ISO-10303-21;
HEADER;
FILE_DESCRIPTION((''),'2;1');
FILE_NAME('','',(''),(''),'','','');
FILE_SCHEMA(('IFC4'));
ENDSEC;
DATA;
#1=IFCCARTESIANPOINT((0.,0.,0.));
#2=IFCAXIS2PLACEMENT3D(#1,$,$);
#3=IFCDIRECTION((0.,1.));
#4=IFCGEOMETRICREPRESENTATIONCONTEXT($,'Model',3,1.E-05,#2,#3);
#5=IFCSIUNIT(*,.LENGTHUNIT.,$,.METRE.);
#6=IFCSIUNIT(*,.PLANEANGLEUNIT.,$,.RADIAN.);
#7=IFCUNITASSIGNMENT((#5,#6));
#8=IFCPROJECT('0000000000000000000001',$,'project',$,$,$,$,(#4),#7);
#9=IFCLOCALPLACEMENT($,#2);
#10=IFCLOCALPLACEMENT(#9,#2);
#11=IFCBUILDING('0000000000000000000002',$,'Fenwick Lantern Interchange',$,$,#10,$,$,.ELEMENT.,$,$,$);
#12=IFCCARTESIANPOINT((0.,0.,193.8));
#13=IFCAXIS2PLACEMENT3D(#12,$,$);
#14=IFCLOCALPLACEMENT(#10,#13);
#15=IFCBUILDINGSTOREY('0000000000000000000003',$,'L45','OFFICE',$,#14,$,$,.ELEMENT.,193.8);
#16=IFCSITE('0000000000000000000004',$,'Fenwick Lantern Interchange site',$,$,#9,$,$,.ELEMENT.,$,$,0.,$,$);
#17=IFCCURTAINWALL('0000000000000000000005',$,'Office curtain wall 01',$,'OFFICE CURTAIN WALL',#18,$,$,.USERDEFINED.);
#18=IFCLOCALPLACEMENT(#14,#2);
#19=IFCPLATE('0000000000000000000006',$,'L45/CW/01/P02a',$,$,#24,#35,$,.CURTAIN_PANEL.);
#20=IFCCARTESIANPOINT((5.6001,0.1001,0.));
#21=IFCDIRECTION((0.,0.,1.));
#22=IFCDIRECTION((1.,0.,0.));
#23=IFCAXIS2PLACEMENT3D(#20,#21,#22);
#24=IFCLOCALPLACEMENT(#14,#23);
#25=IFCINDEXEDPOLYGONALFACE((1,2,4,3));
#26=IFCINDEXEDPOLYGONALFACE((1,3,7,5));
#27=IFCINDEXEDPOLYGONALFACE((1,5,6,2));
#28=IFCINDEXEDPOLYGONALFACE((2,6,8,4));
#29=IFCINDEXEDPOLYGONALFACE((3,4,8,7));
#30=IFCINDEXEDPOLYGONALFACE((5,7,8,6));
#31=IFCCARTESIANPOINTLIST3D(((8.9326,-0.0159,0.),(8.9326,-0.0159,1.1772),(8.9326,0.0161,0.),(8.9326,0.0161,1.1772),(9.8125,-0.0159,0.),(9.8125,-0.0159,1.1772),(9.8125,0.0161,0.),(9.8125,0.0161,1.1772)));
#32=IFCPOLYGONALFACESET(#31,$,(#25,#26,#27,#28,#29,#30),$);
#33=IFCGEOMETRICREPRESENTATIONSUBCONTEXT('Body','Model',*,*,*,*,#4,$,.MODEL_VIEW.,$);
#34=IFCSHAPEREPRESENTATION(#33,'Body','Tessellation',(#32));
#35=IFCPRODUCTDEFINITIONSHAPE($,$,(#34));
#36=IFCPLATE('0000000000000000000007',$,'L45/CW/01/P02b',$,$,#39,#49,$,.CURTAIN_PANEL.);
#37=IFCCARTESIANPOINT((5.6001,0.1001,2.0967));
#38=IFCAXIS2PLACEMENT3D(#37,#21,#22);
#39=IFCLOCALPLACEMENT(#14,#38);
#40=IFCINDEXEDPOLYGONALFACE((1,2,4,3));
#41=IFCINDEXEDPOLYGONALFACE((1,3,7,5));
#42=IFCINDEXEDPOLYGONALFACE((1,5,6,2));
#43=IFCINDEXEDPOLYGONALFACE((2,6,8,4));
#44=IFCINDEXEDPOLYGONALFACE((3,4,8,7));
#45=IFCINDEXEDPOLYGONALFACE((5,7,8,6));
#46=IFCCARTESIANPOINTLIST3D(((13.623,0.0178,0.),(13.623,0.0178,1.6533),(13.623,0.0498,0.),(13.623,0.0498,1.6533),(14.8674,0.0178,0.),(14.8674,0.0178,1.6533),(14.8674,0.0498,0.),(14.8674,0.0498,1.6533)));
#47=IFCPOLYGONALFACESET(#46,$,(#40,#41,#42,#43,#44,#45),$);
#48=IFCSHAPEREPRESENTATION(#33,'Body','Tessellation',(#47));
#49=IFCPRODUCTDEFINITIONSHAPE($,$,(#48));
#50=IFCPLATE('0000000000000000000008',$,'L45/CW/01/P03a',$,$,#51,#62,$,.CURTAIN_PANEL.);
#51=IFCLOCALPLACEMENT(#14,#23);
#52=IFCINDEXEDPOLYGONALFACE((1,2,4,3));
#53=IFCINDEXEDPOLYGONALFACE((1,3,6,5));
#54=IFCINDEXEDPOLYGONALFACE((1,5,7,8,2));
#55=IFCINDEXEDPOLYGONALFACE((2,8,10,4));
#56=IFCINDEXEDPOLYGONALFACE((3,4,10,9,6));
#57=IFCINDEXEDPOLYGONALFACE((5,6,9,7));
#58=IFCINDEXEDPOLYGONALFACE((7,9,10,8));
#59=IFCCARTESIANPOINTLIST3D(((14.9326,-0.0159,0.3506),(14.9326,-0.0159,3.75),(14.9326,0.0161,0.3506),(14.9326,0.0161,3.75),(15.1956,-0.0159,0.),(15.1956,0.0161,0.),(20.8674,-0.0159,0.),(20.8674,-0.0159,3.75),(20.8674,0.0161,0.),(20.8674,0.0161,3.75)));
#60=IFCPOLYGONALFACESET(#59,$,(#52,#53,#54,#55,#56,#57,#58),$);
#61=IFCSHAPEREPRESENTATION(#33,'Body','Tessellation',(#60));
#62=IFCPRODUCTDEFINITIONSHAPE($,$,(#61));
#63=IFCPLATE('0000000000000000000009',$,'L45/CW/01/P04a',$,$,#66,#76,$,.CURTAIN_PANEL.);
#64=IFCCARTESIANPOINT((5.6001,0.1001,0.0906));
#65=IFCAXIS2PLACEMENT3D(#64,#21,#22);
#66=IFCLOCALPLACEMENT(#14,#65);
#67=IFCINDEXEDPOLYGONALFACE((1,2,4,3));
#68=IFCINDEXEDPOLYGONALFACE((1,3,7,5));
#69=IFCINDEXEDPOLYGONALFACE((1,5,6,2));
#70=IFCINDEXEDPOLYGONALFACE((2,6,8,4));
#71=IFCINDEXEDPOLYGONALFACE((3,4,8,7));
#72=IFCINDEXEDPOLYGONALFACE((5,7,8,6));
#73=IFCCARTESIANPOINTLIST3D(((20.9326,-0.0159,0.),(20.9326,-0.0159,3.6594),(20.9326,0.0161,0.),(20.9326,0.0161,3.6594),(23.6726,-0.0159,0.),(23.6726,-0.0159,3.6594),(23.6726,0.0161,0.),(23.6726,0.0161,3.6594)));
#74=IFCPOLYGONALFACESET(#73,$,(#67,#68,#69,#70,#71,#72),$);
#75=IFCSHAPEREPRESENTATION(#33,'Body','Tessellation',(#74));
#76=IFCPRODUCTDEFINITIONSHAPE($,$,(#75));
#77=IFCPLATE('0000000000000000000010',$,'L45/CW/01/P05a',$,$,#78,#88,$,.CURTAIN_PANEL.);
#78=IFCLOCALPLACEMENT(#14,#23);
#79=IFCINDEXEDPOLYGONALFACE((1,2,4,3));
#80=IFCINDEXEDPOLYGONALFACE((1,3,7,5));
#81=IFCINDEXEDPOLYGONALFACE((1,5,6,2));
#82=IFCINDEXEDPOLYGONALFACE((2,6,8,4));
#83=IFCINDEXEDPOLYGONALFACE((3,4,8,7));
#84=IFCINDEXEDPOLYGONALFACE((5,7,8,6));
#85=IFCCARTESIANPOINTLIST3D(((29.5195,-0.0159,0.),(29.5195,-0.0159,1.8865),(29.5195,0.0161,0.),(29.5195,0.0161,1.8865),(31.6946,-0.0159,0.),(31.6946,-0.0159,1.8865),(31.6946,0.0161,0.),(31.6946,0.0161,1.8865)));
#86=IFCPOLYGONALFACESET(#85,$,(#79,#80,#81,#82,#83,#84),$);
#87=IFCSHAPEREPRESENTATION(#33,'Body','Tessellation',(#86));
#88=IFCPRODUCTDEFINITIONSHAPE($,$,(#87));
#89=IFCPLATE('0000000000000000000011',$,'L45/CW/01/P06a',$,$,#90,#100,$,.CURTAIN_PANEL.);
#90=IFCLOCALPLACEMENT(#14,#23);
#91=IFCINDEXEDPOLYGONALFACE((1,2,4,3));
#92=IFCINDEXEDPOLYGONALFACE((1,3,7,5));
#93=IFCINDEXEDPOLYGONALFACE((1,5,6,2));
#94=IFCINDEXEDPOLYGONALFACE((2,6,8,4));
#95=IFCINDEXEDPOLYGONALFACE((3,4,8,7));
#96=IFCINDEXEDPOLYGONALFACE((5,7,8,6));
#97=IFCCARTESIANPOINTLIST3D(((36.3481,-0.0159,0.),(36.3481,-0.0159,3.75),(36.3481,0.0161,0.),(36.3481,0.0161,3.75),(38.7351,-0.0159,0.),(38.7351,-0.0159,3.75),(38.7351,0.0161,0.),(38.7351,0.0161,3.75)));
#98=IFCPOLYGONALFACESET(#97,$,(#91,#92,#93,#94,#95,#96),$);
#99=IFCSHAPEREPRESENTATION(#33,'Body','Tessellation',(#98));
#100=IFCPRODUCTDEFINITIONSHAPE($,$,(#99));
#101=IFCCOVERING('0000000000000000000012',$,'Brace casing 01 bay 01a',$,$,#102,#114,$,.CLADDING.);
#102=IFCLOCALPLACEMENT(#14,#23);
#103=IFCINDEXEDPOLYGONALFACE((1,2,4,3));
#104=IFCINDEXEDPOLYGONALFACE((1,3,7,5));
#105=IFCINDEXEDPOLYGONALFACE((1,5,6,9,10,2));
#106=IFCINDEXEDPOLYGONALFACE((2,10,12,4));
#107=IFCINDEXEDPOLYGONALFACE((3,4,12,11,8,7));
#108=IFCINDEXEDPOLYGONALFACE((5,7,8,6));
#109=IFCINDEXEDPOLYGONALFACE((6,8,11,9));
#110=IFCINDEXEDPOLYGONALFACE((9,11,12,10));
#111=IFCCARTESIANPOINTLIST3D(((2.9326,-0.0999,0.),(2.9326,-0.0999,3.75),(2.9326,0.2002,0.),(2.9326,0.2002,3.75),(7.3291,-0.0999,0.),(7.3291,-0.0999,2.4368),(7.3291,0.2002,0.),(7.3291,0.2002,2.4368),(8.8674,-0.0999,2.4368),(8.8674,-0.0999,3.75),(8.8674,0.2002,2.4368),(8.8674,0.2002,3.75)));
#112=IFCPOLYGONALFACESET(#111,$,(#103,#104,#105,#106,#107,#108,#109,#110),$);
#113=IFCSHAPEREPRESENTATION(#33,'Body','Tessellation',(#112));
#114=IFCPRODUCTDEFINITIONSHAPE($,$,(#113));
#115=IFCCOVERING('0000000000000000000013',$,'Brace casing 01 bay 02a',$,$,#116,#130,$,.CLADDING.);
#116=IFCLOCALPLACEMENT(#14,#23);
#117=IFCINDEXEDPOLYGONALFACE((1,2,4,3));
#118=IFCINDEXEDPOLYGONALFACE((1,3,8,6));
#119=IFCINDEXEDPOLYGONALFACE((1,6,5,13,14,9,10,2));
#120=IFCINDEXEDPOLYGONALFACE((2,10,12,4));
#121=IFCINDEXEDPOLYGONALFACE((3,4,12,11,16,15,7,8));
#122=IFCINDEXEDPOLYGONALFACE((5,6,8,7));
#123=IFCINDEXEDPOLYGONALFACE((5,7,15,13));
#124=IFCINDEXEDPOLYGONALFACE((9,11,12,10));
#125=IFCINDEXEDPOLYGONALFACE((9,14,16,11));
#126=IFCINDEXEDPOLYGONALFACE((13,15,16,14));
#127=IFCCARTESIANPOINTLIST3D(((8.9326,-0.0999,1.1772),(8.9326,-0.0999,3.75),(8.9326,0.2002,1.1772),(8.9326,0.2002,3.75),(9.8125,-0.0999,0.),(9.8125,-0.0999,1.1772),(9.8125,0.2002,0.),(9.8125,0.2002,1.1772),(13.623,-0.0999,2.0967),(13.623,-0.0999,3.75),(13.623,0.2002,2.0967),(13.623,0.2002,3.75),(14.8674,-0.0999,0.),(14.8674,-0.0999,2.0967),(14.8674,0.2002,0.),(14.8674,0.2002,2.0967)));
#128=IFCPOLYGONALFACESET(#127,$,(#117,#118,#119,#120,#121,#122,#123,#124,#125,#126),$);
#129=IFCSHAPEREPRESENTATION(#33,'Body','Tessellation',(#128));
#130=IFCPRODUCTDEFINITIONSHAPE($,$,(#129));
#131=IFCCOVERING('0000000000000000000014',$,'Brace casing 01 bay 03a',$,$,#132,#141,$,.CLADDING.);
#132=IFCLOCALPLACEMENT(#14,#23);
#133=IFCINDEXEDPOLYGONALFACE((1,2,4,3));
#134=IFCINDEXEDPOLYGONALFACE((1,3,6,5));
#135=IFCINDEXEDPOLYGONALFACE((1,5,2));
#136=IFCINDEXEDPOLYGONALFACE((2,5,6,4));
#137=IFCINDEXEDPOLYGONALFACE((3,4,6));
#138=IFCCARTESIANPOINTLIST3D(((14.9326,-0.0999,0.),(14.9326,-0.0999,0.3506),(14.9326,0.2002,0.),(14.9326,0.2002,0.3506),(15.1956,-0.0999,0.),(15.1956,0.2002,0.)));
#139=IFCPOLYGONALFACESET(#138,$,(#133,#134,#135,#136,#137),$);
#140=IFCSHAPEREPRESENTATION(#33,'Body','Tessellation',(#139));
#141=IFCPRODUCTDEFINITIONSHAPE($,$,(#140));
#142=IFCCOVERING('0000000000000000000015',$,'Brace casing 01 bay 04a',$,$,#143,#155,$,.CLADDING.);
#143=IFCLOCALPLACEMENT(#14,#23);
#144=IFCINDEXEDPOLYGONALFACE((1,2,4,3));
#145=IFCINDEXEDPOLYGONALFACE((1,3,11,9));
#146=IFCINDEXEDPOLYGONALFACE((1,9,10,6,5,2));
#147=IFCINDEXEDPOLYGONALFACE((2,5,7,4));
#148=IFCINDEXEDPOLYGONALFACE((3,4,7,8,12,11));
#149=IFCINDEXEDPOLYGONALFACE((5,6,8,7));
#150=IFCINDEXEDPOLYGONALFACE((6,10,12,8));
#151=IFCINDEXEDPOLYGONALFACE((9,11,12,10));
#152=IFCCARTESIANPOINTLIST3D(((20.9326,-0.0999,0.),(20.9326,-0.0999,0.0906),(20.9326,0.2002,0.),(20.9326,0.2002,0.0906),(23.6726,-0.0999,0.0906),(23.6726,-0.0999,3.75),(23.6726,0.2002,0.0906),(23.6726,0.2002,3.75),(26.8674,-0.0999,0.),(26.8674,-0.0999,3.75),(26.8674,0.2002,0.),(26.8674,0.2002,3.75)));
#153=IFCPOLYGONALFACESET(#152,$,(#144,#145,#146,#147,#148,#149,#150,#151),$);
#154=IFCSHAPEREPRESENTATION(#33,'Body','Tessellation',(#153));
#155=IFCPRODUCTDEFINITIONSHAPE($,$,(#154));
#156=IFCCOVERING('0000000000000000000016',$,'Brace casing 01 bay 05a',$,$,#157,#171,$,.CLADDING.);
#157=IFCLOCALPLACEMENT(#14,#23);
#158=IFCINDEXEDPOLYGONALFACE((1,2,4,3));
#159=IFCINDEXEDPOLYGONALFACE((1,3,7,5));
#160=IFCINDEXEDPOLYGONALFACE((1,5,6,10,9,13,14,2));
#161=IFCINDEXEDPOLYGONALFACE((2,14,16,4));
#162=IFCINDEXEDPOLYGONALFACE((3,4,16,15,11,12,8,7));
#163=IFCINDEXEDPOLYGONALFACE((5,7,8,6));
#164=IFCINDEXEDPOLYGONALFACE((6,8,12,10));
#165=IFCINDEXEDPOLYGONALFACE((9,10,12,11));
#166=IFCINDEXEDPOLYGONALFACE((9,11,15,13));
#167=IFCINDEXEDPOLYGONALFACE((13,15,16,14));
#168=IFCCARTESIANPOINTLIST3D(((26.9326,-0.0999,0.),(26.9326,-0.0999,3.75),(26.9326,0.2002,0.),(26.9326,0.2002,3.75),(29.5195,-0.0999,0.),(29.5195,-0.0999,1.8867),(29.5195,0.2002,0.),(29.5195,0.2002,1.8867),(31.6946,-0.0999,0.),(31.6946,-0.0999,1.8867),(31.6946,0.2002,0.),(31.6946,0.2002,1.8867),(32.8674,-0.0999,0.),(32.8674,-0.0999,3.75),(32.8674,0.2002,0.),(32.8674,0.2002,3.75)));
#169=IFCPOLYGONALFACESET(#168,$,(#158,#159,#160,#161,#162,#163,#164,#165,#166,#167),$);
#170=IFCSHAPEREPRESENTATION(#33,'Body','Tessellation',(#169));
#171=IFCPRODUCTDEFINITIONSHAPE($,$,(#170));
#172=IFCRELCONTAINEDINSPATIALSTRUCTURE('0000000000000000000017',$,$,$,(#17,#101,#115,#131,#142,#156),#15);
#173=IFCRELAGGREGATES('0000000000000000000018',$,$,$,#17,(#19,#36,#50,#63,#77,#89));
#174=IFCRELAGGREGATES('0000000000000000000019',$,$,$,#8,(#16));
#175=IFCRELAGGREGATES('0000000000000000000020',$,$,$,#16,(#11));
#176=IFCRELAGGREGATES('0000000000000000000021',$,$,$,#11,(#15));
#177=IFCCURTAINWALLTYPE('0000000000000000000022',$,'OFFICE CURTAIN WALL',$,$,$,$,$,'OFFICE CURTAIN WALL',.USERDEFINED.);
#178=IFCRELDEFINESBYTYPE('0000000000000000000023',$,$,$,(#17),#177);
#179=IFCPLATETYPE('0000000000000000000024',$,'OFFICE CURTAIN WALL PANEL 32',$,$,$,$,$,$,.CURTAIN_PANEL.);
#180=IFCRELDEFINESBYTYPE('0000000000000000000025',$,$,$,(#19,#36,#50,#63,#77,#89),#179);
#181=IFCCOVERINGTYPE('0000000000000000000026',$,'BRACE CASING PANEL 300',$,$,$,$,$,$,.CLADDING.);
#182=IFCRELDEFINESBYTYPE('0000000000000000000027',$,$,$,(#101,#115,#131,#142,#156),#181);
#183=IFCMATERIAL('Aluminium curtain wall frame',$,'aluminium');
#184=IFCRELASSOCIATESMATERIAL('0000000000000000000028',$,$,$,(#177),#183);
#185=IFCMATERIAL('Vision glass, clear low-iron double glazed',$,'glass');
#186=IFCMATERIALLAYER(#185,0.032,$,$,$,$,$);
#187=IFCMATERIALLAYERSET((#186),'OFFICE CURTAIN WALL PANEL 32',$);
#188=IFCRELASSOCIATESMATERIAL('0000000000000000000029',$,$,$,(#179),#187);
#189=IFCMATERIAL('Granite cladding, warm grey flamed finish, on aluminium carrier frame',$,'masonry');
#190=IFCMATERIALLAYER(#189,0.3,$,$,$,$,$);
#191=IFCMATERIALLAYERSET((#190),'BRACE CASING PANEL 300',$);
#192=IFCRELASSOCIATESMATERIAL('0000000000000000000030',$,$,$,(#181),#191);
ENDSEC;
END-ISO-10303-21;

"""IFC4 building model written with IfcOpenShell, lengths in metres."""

from ifc_helpers import new_model, si_unit, direction, frame, origin, place, context, subcontext, project, spatial, polyline, outline, extrude, material, layer, layer_set, type_object, element, aggregate, save


model = new_model("IFC4")

# Units and contexts
model_context = context("Model", 3, precision=1e-05, world=origin(), true_north=direction((0.0, 1.0)))
body_context = subcontext(model_context, "Body", "Model", "MODEL_VIEW")
ifc_project = project(units=[si_unit("LENGTHUNIT", "METRE"), si_unit("PLANEANGLEUNIT", "RADIAN")], contexts=[model_context])

# Site, building, storey
site_placement = place(None, origin())
site = spatial("IfcSite", under=ifc_project, at=site_placement, Name="Fenwick Lantern Interchange site", CompositionType="ELEMENT", RefElevation=0.0)
building_placement = place(site_placement, origin())
building = spatial("IfcBuilding", under=site, at=building_placement, Name="Fenwick Lantern Interchange", CompositionType="ELEMENT")
storey_placement = place(building_placement, frame((0.0, 0.0, 193.8)))
storey = spatial("IfcBuildingStorey", under=building, at=storey_placement, Name="L45", Description="OFFICE", CompositionType="ELEMENT", Elevation=193.8)

# Curtain wall
ifc_material_1 = material(Name="Aluminium curtain wall frame", Category="aluminium")
curtain_wall_type = type_object("IfcCurtainWallType", Name="OFFICE CURTAIN WALL", ElementType="OFFICE CURTAIN WALL", PredefinedType="USERDEFINED", material=ifc_material_1)
curtain_wall_1_placement = place(storey_placement, origin())
curtain_wall_1 = element("IfcCurtainWall", 1, at=curtain_wall_1_placement, inside=storey, type_object=curtain_wall_type, Name="Office curtain wall 01", ObjectType="OFFICE CURTAIN WALL", PredefinedType="USERDEFINED")

# Plates
ifc_material_2 = material(Name="Vision glass, clear low-iron double glazed", Category="glass")
ifc_layer_1 = layer(ifc_material_2, 0.032)
ifc_layer_set_1 = layer_set([ifc_layer_1], Name="OFFICE CURTAIN WALL PANEL 32")
plate_type = type_object("IfcPlateType", Name="OFFICE CURTAIN WALL PANEL 32", PredefinedType="CURTAIN_PANEL", material=ifc_layer_set_1)
plate_1_placement = place(storey_placement, frame((5.6001, 0.1001, 0.0), z_axis=(0.0, 0.0, 1.0), x_axis=(1.0, 0.0, 0.0)))
plate_1 = element("IfcPlate", 2, at=plate_1_placement, type_object=plate_type, Name="L45/CW/01/P02a", PredefinedType="CURTAIN_PANEL", context=body_context, shape_type="SweptSolid", body=[
    extrude(outline(polyline([(8.9326, 0.0), (9.8125, 0.0), (9.8125, 1.1772), (8.9326, 1.1772), (8.9326, 0.0)])), frame((0.0, 0.0161, 0.0), z_axis=(0.0, -1.0, 0.0), x_axis=(1.0, 0.0, 0.0)), (0.0, 0.0, 1.0), 0.032),
])
plate_2_placement = place(storey_placement, frame((5.6001, 0.1001, 2.0967), z_axis=(0.0, 0.0, 1.0), x_axis=(1.0, 0.0, 0.0)))
plate_2 = element("IfcPlate", 3, at=plate_2_placement, type_object=plate_type, Name="L45/CW/01/P02b", PredefinedType="CURTAIN_PANEL", context=body_context, shape_type="SweptSolid", body=[
    extrude(outline(polyline([(13.623, 0.0), (14.8674, 0.0), (14.8674, 1.6533), (13.623, 1.6533), (13.623, 0.0)])), frame((0.0, 0.0498, 0.0), z_axis=(0.0, -1.0, 0.0), x_axis=(1.0, 0.0, 0.0)), (0.0, 0.0, 1.0), 0.032),
])
plate_3_placement = place(storey_placement, frame((5.6001, 0.1001, 0.0), z_axis=(0.0, 0.0, 1.0), x_axis=(1.0, 0.0, 0.0)))
plate_3 = element("IfcPlate", 4, at=plate_3_placement, type_object=plate_type, Name="L45/CW/01/P03a", PredefinedType="CURTAIN_PANEL", context=body_context, shape_type="SweptSolid", body=[
    extrude(outline(polyline([(15.1956, 0.0), (20.8674, 0.0), (20.8674, 3.75), (14.9326, 3.75), (14.9326, 0.3506), (15.1956, 0.0)])), frame((0.0, 0.0161, 0.0), z_axis=(0.0, -1.0, 0.0), x_axis=(1.0, 0.0, 0.0)), (0.0, 0.0, 1.0), 0.032),
])
plate_4_placement = place(storey_placement, frame((5.6001, 0.1001, 0.0906), z_axis=(0.0, 0.0, 1.0), x_axis=(1.0, 0.0, 0.0)))
plate_4 = element("IfcPlate", 5, at=plate_4_placement, type_object=plate_type, Name="L45/CW/01/P04a", PredefinedType="CURTAIN_PANEL", context=body_context, shape_type="SweptSolid", body=[
    extrude(outline(polyline([(20.9326, 0.0), (23.6726, 0.0), (23.6726, 3.6594), (20.9326, 3.6594), (20.9326, 0.0)])), frame((0.0, 0.0161, 0.0), z_axis=(0.0, -1.0, 0.0), x_axis=(1.0, 0.0, 0.0)), (0.0, 0.0, 1.0), 0.032),
])
plate_5_placement = place(storey_placement, frame((5.6001, 0.1001, 0.0), z_axis=(0.0, 0.0, 1.0), x_axis=(1.0, 0.0, 0.0)))
plate_5 = element("IfcPlate", 6, at=plate_5_placement, type_object=plate_type, Name="L45/CW/01/P05a", PredefinedType="CURTAIN_PANEL", context=body_context, shape_type="SweptSolid", body=[
    extrude(outline(polyline([(29.5195, 0.0), (31.6946, 0.0), (31.6946, 1.8865), (29.5195, 1.8865), (29.5195, 0.0)])), frame((0.0, 0.0161, 0.0), z_axis=(0.0, -1.0, 0.0), x_axis=(1.0, 0.0, 0.0)), (0.0, 0.0, 1.0), 0.032),
])
plate_6_placement = place(storey_placement, frame((5.6001, 0.1001, 0.0), z_axis=(0.0, 0.0, 1.0), x_axis=(1.0, 0.0, 0.0)))
plate_6 = element("IfcPlate", 7, at=plate_6_placement, type_object=plate_type, Name="L45/CW/01/P06a", PredefinedType="CURTAIN_PANEL", context=body_context, shape_type="SweptSolid", body=[
    extrude(outline(polyline([(36.3481, 0.0), (38.7351, 0.0), (38.7351, 3.75), (36.3481, 3.75), (36.3481, 0.0)])), frame((0.0, 0.0161, 0.0), z_axis=(0.0, -1.0, 0.0), x_axis=(1.0, 0.0, 0.0)), (0.0, 0.0, 1.0), 0.032),
])
aggregate(curtain_wall_1, [plate_1, plate_2, plate_3, plate_4, plate_5, plate_6])

# Coverings
ifc_material_3 = material(Name="Granite cladding, warm grey flamed finish, on aluminium carrier frame", Category="masonry")
ifc_layer_2 = layer(ifc_material_3, 0.3)
ifc_layer_set_2 = layer_set([ifc_layer_2], Name="BRACE CASING PANEL 300")
covering_type = type_object("IfcCoveringType", Name="BRACE CASING PANEL 300", PredefinedType="CLADDING", material=ifc_layer_set_2)
covering_1_placement = place(storey_placement, frame((5.6001, 0.1001, 0.0), z_axis=(0.0, 0.0, 1.0), x_axis=(1.0, 0.0, 0.0)))
element("IfcCovering", 8, at=covering_1_placement, inside=storey, type_object=covering_type, Name="Brace casing 01 bay 01a", PredefinedType="CLADDING", context=body_context, shape_type="SweptSolid", body=[
    extrude(outline(polyline([(2.9326, 0.0), (7.3291, 0.0), (7.3291, 2.4368), (8.8674, 2.4368), (8.8674, 3.75), (2.9326, 3.75), (2.9326, 0.0)])), frame((0.0, 0.2002, 0.0), z_axis=(0.0, -1.0, 0.0), x_axis=(1.0, 0.0, 0.0)), (0.0, 0.0, 1.0), 0.3),
])
covering_2_placement = place(storey_placement, frame((5.6001, 0.1001, 0.0), z_axis=(0.0, 0.0, 1.0), x_axis=(1.0, 0.0, 0.0)))
element("IfcCovering", 9, at=covering_2_placement, inside=storey, type_object=covering_type, Name="Brace casing 01 bay 02a", PredefinedType="CLADDING", context=body_context, shape_type="SweptSolid", body=[
    extrude(outline(polyline([(9.8125, 0.0), (14.8674, 0.0), (14.8674, 2.0967), (13.623, 2.0967), (13.623, 3.75), (8.9326, 3.75), (8.9326, 1.1772), (9.8125, 1.1772), (9.8125, 0.0)])), frame((0.0, 0.2002, 0.0), z_axis=(0.0, -1.0, 0.0), x_axis=(1.0, 0.0, 0.0)), (0.0, 0.0, 1.0), 0.3),
])
covering_3_placement = place(storey_placement, frame((5.6001, 0.1001, 0.0), z_axis=(0.0, 0.0, 1.0), x_axis=(1.0, 0.0, 0.0)))
element("IfcCovering", 10, at=covering_3_placement, inside=storey, type_object=covering_type, Name="Brace casing 01 bay 03a", PredefinedType="CLADDING", context=body_context, shape_type="SweptSolid", body=[
    extrude(outline(polyline([(14.9326, 0.0), (15.1956, 0.0), (14.9326, 0.3506), (14.9326, 0.0)])), frame((0.0, 0.2002, 0.0), z_axis=(0.0, -1.0, 0.0), x_axis=(1.0, 0.0, 0.0)), (0.0, 0.0, 1.0), 0.3),
])
covering_4_placement = place(storey_placement, frame((5.6001, 0.1001, 0.0), z_axis=(0.0, 0.0, 1.0), x_axis=(1.0, 0.0, 0.0)))
element("IfcCovering", 11, at=covering_4_placement, inside=storey, type_object=covering_type, Name="Brace casing 01 bay 04a", PredefinedType="CLADDING", context=body_context, shape_type="SweptSolid", body=[
    extrude(outline(polyline([(20.9326, 0.0), (26.8674, 0.0), (26.8674, 3.75), (23.6726, 3.75), (23.6726, 0.0906), (20.9326, 0.0906), (20.9326, 0.0)])), frame((0.0, 0.2002, 0.0), z_axis=(0.0, -1.0, 0.0), x_axis=(1.0, 0.0, 0.0)), (0.0, 0.0, 1.0), 0.3),
])
covering_5_placement = place(storey_placement, frame((5.6001, 0.1001, 0.0), z_axis=(0.0, 0.0, 1.0), x_axis=(1.0, 0.0, 0.0)))
element("IfcCovering", 12, at=covering_5_placement, inside=storey, type_object=covering_type, Name="Brace casing 01 bay 05a", PredefinedType="CLADDING", context=body_context, shape_type="SweptSolid", body=[
    extrude(outline(polyline([(26.9326, 0.0), (29.5195, 0.0), (29.5195, 1.8867), (31.6946, 1.8867), (31.6946, 0.0), (32.8674, 0.0), (32.8674, 3.75), (26.9326, 3.75), (26.9326, 0.0)])), frame((0.0, 0.2002, 0.0), z_axis=(0.0, -1.0, 0.0), x_axis=(1.0, 0.0, 0.0)), (0.0, 0.0, 1.0), 0.3),
])

save(model, "model.ifc")
